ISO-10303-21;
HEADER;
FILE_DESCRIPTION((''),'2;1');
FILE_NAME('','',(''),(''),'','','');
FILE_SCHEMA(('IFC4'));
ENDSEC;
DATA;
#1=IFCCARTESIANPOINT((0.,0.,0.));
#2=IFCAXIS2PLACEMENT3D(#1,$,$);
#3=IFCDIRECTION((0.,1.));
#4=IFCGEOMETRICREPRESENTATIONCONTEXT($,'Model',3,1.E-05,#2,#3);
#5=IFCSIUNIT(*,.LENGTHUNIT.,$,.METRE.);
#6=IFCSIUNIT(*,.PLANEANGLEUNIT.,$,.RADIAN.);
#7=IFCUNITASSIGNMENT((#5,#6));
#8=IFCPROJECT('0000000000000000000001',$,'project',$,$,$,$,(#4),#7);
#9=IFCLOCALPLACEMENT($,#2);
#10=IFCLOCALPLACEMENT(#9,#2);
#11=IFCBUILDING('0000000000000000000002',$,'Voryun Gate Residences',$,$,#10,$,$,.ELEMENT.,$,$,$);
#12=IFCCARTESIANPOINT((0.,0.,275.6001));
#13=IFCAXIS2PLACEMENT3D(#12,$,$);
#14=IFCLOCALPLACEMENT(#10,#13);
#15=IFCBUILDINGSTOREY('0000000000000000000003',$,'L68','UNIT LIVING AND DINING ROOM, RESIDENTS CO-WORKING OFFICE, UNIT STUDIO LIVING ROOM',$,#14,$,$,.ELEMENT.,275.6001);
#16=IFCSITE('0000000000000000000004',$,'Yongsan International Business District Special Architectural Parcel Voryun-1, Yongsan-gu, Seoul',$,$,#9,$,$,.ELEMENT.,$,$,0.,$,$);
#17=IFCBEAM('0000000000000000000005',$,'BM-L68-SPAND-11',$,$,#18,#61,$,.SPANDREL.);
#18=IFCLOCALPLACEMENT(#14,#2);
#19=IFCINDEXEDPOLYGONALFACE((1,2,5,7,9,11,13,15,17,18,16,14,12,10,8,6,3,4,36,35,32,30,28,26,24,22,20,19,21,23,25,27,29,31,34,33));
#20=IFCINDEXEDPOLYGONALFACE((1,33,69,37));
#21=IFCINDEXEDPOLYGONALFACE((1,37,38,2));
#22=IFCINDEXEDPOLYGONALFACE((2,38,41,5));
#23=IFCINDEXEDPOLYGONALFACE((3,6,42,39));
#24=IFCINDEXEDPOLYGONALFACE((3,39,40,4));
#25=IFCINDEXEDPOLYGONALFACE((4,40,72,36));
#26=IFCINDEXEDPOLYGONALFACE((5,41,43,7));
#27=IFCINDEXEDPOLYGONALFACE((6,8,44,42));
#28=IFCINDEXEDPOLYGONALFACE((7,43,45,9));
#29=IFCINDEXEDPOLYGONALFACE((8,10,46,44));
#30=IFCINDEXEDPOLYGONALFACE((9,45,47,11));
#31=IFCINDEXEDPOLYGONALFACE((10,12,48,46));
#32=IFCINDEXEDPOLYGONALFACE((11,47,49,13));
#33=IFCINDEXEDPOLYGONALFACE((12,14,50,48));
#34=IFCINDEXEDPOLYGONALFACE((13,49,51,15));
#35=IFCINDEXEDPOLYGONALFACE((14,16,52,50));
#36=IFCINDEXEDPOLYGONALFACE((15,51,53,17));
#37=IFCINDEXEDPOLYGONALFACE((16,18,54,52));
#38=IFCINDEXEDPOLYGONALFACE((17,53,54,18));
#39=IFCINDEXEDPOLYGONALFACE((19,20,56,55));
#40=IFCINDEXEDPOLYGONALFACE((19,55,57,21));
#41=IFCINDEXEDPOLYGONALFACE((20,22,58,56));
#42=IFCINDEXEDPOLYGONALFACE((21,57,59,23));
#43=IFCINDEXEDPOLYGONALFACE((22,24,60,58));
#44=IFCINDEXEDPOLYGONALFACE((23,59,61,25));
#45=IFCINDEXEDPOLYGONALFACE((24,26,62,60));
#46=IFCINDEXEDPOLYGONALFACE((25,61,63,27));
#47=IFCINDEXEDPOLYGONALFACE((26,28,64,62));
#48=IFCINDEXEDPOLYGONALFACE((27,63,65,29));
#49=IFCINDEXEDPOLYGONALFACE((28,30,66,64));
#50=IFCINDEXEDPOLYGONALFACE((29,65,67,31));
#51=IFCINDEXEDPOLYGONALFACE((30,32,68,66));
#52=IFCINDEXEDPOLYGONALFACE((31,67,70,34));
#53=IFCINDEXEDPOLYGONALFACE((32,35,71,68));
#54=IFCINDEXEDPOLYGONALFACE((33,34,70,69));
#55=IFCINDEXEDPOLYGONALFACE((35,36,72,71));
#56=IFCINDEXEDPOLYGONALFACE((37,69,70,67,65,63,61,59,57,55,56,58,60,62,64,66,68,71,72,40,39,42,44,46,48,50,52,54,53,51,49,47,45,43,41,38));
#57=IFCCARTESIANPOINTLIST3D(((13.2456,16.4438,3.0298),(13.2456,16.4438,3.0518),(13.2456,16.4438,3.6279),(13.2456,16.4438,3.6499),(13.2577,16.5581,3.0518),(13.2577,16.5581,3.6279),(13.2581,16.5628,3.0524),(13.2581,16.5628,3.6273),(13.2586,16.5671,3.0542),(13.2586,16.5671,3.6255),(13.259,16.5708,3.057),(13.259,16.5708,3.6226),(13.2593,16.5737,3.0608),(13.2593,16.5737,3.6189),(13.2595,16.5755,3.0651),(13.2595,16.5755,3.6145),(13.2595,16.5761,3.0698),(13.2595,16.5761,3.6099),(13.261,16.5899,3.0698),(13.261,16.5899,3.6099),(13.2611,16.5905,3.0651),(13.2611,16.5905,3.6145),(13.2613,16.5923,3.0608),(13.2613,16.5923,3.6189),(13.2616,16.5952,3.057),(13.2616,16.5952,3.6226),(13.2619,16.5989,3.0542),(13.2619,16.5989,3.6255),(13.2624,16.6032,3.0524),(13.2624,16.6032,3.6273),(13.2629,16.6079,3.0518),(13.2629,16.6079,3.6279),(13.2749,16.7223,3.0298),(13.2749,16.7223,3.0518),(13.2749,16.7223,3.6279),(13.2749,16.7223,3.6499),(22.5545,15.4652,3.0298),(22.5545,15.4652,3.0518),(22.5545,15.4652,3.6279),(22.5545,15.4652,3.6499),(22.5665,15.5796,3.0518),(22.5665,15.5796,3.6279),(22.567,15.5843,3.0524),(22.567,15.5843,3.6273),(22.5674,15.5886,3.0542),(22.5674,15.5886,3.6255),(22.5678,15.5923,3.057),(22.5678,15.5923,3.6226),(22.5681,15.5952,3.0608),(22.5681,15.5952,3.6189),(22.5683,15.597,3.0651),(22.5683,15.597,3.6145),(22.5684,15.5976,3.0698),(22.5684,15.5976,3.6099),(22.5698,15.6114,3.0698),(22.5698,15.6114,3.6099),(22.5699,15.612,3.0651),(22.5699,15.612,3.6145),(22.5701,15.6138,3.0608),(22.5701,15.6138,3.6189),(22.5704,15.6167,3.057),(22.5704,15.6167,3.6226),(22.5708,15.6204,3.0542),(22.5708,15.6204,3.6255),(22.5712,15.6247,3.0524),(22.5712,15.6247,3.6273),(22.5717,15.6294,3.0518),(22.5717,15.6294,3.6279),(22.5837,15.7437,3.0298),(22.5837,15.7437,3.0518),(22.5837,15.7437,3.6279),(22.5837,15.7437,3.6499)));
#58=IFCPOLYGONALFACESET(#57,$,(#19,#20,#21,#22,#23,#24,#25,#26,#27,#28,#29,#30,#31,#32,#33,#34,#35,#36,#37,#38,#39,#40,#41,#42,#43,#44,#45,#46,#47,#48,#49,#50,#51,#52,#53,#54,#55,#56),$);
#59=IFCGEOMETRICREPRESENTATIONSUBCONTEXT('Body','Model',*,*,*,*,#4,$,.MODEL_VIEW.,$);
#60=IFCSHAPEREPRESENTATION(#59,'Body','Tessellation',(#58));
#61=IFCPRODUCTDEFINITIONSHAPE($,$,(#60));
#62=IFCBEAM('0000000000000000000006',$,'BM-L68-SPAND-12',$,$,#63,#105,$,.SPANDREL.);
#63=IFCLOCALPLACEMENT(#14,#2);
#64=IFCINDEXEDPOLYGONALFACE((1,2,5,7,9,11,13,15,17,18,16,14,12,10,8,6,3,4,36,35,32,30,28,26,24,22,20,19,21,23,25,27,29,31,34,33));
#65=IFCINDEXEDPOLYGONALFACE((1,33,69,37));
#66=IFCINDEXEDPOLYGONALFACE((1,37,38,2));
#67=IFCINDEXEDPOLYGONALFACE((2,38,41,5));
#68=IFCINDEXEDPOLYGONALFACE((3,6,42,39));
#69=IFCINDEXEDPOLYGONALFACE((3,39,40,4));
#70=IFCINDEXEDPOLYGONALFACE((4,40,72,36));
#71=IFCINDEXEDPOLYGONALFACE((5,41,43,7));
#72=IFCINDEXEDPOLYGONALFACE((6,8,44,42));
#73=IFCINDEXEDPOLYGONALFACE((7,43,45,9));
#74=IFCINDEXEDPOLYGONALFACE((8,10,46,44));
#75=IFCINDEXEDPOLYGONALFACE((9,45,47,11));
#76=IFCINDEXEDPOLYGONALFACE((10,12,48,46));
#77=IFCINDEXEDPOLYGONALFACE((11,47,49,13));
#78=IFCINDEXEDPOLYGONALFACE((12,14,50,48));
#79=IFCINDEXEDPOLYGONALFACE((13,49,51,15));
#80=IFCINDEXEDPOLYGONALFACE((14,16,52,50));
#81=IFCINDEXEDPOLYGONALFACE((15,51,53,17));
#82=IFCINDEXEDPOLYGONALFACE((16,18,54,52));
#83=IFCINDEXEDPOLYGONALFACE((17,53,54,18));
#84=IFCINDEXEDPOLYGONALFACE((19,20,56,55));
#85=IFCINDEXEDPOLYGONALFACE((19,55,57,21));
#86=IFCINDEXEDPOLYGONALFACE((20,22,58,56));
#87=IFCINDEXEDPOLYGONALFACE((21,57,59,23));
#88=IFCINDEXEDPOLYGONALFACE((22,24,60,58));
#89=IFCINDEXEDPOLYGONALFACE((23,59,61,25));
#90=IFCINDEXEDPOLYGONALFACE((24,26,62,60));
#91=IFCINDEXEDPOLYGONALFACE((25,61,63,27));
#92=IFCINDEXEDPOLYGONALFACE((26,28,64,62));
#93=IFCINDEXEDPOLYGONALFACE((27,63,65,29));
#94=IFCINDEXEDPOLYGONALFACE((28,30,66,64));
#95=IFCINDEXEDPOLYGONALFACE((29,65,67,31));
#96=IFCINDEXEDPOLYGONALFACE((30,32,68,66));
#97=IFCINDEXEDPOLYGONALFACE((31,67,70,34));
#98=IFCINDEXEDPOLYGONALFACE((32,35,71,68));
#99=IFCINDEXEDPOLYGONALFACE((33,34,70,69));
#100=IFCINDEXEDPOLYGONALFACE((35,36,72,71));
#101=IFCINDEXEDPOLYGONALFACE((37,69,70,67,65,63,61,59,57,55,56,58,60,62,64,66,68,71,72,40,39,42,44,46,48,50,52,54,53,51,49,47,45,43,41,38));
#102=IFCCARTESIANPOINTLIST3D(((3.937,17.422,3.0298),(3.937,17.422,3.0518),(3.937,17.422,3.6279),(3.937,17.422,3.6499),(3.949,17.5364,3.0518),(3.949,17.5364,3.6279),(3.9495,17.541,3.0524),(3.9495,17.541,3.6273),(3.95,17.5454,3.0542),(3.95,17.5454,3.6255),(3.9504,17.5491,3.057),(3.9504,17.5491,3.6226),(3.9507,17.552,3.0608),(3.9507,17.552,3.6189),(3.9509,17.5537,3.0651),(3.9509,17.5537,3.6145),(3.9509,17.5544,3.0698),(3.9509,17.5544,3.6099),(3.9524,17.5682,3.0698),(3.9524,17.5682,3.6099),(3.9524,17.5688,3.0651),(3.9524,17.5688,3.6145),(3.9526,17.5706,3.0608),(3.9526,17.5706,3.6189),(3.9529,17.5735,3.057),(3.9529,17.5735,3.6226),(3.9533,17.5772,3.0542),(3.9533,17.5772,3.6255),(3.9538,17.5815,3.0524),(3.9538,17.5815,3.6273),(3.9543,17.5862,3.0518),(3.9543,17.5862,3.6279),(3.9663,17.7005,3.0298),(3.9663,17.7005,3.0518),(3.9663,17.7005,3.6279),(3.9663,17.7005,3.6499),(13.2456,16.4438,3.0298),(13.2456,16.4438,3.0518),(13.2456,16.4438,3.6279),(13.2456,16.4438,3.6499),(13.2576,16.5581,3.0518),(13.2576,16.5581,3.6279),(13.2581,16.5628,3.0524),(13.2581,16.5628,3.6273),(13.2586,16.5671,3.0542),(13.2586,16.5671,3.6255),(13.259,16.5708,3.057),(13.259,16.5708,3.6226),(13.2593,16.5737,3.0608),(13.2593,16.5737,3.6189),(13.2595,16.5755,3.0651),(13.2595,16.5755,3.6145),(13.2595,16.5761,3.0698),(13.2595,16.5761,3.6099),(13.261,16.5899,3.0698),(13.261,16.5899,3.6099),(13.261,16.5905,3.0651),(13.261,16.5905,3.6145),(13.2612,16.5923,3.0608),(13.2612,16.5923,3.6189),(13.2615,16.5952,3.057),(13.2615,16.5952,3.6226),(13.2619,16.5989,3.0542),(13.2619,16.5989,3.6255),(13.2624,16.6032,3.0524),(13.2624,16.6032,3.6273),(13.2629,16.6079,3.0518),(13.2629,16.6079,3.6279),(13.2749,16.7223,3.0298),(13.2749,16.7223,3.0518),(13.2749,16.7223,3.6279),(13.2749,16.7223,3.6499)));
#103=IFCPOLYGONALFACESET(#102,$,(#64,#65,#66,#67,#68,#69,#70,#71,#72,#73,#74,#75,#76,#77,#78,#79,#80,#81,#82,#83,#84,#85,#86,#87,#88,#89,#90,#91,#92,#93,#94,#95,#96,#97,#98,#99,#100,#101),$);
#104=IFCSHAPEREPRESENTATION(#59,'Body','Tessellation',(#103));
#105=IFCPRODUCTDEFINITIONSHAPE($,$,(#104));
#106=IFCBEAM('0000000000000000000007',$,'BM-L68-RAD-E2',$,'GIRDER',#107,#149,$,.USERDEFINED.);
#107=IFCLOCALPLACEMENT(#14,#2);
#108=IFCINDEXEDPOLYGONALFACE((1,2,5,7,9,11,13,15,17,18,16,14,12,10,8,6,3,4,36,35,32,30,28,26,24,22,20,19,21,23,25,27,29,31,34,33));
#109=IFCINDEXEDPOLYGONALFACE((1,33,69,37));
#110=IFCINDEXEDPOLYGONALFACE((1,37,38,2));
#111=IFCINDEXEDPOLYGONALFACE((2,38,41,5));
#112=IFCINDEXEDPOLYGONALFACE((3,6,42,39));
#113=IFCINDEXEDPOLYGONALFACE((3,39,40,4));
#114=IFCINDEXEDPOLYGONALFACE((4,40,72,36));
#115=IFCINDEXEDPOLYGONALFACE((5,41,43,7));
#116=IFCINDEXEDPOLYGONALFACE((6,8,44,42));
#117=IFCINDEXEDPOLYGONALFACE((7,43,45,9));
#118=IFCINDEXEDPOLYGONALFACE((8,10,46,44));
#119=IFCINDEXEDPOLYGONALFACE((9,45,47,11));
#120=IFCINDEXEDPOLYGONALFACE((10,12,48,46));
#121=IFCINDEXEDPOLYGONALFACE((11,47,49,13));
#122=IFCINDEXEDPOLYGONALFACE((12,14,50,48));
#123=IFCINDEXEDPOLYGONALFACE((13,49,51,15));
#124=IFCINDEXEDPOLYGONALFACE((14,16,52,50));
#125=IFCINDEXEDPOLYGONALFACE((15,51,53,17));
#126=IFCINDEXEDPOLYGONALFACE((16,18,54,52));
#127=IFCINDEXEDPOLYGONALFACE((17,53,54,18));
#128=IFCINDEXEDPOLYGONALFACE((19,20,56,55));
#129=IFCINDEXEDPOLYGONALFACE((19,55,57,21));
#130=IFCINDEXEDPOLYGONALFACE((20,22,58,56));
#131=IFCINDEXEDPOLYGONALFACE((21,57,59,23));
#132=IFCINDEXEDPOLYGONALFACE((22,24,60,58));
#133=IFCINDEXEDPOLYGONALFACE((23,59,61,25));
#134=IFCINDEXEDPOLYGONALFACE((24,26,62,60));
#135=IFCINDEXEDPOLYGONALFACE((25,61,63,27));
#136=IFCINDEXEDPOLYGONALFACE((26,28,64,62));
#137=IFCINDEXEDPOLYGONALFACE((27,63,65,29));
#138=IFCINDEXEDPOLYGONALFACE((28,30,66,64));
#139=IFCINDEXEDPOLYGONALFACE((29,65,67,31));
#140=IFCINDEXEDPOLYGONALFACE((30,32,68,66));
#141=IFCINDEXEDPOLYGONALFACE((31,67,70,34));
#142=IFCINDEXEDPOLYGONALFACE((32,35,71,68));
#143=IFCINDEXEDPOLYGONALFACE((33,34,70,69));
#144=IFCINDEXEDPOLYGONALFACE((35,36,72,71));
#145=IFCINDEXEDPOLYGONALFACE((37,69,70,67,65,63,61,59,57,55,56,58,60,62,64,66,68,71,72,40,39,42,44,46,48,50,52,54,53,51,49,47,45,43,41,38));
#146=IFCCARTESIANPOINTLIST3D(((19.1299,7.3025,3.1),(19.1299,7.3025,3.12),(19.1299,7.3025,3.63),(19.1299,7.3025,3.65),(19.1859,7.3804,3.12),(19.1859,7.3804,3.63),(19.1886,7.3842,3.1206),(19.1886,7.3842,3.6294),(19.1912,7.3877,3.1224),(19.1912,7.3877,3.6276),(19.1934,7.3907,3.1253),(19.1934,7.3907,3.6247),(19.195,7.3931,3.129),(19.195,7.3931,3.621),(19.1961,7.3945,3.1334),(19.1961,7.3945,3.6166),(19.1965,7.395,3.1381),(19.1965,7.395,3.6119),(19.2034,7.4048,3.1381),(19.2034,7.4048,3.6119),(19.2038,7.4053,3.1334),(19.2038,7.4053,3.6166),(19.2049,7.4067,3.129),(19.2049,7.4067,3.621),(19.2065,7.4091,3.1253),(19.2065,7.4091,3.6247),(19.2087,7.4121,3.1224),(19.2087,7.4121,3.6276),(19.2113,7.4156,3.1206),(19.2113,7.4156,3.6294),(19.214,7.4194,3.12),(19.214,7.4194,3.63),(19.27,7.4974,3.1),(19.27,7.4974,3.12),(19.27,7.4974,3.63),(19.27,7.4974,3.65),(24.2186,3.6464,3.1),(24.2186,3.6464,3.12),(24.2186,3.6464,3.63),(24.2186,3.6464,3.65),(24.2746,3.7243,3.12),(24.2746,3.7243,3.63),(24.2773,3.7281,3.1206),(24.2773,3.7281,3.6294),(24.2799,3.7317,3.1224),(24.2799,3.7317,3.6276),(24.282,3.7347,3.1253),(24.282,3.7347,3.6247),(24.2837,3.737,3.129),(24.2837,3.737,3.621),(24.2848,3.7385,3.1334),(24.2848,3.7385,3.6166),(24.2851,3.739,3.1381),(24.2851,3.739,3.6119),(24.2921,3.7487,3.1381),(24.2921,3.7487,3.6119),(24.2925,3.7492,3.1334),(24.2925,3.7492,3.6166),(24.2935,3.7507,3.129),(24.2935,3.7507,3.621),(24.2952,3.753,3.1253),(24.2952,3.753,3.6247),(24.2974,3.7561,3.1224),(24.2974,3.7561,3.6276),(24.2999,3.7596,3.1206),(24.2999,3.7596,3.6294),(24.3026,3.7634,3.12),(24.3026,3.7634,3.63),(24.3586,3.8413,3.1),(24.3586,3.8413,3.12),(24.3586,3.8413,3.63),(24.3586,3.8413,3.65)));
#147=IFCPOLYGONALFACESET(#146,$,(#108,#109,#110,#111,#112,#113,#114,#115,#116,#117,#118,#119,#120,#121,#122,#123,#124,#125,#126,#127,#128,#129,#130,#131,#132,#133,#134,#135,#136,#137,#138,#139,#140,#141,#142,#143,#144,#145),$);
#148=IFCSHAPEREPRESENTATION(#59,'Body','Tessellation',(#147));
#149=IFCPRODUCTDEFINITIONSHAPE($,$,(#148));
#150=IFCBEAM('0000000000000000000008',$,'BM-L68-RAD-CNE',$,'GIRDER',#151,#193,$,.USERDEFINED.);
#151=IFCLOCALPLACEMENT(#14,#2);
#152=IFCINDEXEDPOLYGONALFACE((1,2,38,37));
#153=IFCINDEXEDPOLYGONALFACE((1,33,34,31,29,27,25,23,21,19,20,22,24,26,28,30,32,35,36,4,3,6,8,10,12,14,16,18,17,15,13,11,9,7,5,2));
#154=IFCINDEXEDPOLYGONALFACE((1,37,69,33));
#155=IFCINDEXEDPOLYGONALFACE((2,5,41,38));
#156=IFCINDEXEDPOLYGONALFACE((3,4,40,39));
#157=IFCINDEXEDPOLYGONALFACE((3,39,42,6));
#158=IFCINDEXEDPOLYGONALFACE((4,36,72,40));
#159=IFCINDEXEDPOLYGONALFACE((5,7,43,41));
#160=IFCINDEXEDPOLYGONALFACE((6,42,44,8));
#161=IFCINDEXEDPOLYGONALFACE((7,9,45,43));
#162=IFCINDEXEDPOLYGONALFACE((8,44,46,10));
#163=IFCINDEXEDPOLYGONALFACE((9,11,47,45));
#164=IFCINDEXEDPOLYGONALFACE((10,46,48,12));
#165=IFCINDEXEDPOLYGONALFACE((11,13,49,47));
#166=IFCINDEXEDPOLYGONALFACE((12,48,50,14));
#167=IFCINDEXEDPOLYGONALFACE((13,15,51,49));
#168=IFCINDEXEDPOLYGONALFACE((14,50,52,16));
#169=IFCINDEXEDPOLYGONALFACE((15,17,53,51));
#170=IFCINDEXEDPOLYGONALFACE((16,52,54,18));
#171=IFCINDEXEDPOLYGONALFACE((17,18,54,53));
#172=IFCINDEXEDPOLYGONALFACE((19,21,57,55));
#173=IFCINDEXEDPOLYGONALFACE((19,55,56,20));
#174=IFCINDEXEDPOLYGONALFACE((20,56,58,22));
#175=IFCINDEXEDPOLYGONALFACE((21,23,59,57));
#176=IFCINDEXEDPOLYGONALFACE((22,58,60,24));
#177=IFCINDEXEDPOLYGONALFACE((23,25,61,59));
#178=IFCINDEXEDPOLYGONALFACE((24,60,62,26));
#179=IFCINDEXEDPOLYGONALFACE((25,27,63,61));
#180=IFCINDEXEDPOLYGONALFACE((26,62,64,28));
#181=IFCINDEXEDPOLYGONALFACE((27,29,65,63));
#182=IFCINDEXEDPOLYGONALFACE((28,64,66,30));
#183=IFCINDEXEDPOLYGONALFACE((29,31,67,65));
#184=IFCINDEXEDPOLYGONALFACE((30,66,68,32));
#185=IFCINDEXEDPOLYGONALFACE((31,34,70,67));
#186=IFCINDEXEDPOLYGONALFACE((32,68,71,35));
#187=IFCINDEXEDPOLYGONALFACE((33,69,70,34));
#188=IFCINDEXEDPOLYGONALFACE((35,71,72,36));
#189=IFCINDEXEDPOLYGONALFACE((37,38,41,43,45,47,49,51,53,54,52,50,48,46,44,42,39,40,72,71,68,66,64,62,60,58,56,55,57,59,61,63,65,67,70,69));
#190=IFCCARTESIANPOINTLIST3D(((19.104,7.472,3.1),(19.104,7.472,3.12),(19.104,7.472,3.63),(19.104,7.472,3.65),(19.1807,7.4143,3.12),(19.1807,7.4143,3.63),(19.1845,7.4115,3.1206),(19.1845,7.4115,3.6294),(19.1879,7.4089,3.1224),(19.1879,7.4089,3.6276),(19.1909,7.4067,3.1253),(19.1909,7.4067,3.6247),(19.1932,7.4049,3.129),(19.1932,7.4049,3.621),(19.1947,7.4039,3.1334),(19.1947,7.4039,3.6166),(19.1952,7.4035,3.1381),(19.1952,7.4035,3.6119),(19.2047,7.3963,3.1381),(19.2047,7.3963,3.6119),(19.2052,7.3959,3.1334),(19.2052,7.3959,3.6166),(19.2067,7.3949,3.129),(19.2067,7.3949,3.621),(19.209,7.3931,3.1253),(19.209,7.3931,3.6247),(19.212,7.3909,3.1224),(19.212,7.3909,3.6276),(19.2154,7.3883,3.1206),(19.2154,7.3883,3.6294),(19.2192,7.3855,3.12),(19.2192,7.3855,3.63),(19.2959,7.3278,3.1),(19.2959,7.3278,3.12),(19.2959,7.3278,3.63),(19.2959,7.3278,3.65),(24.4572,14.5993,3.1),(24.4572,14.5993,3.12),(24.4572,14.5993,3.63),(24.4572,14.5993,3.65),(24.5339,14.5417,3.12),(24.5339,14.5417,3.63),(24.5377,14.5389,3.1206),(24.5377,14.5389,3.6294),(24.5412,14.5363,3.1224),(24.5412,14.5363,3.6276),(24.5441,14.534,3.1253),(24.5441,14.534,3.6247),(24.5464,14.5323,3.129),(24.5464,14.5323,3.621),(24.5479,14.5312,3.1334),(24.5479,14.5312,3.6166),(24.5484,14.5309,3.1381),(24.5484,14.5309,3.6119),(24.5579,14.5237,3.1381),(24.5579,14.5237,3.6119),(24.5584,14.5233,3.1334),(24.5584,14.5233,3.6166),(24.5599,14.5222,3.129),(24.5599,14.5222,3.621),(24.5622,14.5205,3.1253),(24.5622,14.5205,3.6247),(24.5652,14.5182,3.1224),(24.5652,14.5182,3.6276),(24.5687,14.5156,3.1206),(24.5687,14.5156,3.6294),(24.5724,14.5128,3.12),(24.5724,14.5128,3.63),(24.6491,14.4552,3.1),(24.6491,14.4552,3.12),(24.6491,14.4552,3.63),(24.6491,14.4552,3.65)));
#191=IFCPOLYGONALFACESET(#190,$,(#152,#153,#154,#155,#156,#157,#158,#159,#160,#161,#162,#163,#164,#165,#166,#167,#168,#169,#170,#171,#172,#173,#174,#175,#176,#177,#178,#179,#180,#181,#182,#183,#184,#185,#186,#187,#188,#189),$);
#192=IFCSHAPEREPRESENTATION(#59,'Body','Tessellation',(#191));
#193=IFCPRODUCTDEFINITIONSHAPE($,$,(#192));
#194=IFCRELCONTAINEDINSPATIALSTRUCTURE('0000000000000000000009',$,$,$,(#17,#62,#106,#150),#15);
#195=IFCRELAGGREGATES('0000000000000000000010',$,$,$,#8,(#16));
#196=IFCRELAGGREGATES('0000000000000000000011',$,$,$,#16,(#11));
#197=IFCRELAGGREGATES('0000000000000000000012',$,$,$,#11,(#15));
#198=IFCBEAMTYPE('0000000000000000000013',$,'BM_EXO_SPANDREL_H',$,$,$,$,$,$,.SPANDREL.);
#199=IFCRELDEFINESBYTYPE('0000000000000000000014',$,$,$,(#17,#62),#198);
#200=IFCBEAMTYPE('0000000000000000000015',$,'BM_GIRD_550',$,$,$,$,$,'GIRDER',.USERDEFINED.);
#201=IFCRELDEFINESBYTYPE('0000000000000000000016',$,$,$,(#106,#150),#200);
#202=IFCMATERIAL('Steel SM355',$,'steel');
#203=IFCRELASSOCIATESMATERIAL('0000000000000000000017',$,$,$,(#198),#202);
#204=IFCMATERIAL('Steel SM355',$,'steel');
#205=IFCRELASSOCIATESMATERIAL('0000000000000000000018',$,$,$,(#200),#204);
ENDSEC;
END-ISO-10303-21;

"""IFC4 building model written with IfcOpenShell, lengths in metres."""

from ifc_helpers import new_model, si_unit, direction, frame, origin, origin_2d, place, context, subcontext, project, spatial, i_section, extrude, material, material_profile, profile_set, type_object, element, save


model = new_model("IFC4")

# Units and contexts
model_context = context("Model", 3, precision=1e-05, world=origin(), true_north=direction((0.0, 1.0)))
body_context = subcontext(model_context, "Body", "Model", "MODEL_VIEW")
ifc_project = project(units=[si_unit("LENGTHUNIT", "METRE"), si_unit("PLANEANGLEUNIT", "RADIAN")], contexts=[model_context])

# Site, building, storey
site_placement = place(None, origin())
site = spatial("IfcSite", under=ifc_project, at=site_placement, Name="Yongsan International Business District Special Architectural Parcel Voryun-1, Yongsan-gu, Seoul", CompositionType="ELEMENT", RefElevation=0.0)
building_placement = place(site_placement, origin())
building = spatial("IfcBuilding", under=site, at=building_placement, Name="Voryun Gate Residences", CompositionType="ELEMENT")
storey_placement = place(building_placement, frame((0.0, 0.0, 275.6001)))
storey = spatial("IfcBuildingStorey", under=building, at=storey_placement, Name="L68", Description="UNIT LIVING AND DINING ROOM, RESIDENTS CO-WORKING OFFICE, UNIT STUDIO LIVING ROOM", CompositionType="ELEMENT", Elevation=275.6001)

# Beams
ifc_material_1 = material(Name="Steel SM355", Category="steel")
ifc_material_profile_1 = material_profile(ifc_material_1, i_section(OverallWidth=0.28, OverallDepth=0.6201, WebThickness=0.0139, FlangeThickness=0.022, FilletRadius=0.0181, at=origin_2d()), Name="H-620x280x14x22")
ifc_profile_set_1 = profile_set([ifc_material_profile_1], Name="Steel SM355")
beam_type_1 = type_object("IfcBeamType", Name="BM_EXO_SPANDREL_H", PredefinedType="SPANDREL", material=ifc_profile_set_1)
beam_1_placement = place(storey_placement, frame((22.5691, 15.6045, 3.3398), z_axis=(-0.994521, 0.104541, 0.0), x_axis=(-0.104541, -0.994521, 0.0)))
element("IfcBeam", 1, at=beam_1_placement, inside=storey, type_object=beam_type_1, Name="BM-L68-SPAND-11", PredefinedType="SPANDREL", context=body_context, shape_type="SweptSolid", body=[
    extrude(i_section(OverallWidth=0.28, OverallDepth=0.6201, WebThickness=0.0139, FlangeThickness=0.022, FilletRadius=0.0181, at=origin_2d()), origin(), (0.0, 0.0, 1.0), 9.3601),
])
beam_2_placement = place(storey_placement, frame((13.2603, 16.583, 3.3398), z_axis=(-0.994523, 0.104518, 0.0), x_axis=(-0.104518, -0.994523, 0.0)))
element("IfcBeam", 2, at=beam_2_placement, inside=storey, type_object=beam_type_1, Name="BM-L68-SPAND-12", PredefinedType="SPANDREL", context=body_context, shape_type="SweptSolid", body=[
    extrude(i_section(OverallWidth=0.28, OverallDepth=0.6201, WebThickness=0.0139, FlangeThickness=0.022, FilletRadius=0.0181, at=origin_2d()), origin(), (0.0, 0.0, 1.0), 9.3599),
])
ifc_material_2 = material(Name="Steel SM355", Category="steel")
ifc_material_profile_2 = material_profile(ifc_material_2, i_section(OverallWidth=0.24, OverallDepth=0.55, WebThickness=0.012, FlangeThickness=0.02, FilletRadius=0.0181, at=origin_2d()), Name="H-550x240x12x20")
ifc_profile_set_2 = profile_set([ifc_material_profile_2], Name="Steel SM355")
beam_type_2 = type_object("IfcBeamType", Name="BM_GIRD_550", ElementType="GIRDER", PredefinedType="USERDEFINED", material=ifc_profile_set_2)
beam_3_placement = place(storey_placement, frame((19.2, 7.3999, 3.375), z_axis=(0.812124, -0.583484, 0.0), x_axis=(0.583484, 0.812124, 0.0)))
element("IfcBeam", 3, at=beam_3_placement, inside=storey, type_object=beam_type_2, Name="BM-L68-RAD-E2", ObjectType="GIRDER", PredefinedType="USERDEFINED", context=body_context, shape_type="SweptSolid", body=[
    extrude(i_section(OverallWidth=0.24, OverallDepth=0.55, WebThickness=0.012, FlangeThickness=0.02, FilletRadius=0.0181, at=origin_2d()), origin(), (0.0, 0.0, 1.0), 6.2659),
])
beam_4_placement = place(storey_placement, frame((19.2, 7.3999, 3.375), z_axis=(0.600552, 0.799586, 0.0), x_axis=(-0.799586, 0.600552, 0.0)))
element("IfcBeam", 4, at=beam_4_placement, inside=storey, type_object=beam_type_2, Name="BM-L68-RAD-CNE", ObjectType="GIRDER", PredefinedType="USERDEFINED", context=body_context, shape_type="SweptSolid", body=[
    extrude(i_section(OverallWidth=0.24, OverallDepth=0.55, WebThickness=0.012, FlangeThickness=0.02, FilletRadius=0.0181, at=origin_2d()), origin(), (0.0, 0.0, 1.0), 8.9138),
])

save(model, "model.ifc")
